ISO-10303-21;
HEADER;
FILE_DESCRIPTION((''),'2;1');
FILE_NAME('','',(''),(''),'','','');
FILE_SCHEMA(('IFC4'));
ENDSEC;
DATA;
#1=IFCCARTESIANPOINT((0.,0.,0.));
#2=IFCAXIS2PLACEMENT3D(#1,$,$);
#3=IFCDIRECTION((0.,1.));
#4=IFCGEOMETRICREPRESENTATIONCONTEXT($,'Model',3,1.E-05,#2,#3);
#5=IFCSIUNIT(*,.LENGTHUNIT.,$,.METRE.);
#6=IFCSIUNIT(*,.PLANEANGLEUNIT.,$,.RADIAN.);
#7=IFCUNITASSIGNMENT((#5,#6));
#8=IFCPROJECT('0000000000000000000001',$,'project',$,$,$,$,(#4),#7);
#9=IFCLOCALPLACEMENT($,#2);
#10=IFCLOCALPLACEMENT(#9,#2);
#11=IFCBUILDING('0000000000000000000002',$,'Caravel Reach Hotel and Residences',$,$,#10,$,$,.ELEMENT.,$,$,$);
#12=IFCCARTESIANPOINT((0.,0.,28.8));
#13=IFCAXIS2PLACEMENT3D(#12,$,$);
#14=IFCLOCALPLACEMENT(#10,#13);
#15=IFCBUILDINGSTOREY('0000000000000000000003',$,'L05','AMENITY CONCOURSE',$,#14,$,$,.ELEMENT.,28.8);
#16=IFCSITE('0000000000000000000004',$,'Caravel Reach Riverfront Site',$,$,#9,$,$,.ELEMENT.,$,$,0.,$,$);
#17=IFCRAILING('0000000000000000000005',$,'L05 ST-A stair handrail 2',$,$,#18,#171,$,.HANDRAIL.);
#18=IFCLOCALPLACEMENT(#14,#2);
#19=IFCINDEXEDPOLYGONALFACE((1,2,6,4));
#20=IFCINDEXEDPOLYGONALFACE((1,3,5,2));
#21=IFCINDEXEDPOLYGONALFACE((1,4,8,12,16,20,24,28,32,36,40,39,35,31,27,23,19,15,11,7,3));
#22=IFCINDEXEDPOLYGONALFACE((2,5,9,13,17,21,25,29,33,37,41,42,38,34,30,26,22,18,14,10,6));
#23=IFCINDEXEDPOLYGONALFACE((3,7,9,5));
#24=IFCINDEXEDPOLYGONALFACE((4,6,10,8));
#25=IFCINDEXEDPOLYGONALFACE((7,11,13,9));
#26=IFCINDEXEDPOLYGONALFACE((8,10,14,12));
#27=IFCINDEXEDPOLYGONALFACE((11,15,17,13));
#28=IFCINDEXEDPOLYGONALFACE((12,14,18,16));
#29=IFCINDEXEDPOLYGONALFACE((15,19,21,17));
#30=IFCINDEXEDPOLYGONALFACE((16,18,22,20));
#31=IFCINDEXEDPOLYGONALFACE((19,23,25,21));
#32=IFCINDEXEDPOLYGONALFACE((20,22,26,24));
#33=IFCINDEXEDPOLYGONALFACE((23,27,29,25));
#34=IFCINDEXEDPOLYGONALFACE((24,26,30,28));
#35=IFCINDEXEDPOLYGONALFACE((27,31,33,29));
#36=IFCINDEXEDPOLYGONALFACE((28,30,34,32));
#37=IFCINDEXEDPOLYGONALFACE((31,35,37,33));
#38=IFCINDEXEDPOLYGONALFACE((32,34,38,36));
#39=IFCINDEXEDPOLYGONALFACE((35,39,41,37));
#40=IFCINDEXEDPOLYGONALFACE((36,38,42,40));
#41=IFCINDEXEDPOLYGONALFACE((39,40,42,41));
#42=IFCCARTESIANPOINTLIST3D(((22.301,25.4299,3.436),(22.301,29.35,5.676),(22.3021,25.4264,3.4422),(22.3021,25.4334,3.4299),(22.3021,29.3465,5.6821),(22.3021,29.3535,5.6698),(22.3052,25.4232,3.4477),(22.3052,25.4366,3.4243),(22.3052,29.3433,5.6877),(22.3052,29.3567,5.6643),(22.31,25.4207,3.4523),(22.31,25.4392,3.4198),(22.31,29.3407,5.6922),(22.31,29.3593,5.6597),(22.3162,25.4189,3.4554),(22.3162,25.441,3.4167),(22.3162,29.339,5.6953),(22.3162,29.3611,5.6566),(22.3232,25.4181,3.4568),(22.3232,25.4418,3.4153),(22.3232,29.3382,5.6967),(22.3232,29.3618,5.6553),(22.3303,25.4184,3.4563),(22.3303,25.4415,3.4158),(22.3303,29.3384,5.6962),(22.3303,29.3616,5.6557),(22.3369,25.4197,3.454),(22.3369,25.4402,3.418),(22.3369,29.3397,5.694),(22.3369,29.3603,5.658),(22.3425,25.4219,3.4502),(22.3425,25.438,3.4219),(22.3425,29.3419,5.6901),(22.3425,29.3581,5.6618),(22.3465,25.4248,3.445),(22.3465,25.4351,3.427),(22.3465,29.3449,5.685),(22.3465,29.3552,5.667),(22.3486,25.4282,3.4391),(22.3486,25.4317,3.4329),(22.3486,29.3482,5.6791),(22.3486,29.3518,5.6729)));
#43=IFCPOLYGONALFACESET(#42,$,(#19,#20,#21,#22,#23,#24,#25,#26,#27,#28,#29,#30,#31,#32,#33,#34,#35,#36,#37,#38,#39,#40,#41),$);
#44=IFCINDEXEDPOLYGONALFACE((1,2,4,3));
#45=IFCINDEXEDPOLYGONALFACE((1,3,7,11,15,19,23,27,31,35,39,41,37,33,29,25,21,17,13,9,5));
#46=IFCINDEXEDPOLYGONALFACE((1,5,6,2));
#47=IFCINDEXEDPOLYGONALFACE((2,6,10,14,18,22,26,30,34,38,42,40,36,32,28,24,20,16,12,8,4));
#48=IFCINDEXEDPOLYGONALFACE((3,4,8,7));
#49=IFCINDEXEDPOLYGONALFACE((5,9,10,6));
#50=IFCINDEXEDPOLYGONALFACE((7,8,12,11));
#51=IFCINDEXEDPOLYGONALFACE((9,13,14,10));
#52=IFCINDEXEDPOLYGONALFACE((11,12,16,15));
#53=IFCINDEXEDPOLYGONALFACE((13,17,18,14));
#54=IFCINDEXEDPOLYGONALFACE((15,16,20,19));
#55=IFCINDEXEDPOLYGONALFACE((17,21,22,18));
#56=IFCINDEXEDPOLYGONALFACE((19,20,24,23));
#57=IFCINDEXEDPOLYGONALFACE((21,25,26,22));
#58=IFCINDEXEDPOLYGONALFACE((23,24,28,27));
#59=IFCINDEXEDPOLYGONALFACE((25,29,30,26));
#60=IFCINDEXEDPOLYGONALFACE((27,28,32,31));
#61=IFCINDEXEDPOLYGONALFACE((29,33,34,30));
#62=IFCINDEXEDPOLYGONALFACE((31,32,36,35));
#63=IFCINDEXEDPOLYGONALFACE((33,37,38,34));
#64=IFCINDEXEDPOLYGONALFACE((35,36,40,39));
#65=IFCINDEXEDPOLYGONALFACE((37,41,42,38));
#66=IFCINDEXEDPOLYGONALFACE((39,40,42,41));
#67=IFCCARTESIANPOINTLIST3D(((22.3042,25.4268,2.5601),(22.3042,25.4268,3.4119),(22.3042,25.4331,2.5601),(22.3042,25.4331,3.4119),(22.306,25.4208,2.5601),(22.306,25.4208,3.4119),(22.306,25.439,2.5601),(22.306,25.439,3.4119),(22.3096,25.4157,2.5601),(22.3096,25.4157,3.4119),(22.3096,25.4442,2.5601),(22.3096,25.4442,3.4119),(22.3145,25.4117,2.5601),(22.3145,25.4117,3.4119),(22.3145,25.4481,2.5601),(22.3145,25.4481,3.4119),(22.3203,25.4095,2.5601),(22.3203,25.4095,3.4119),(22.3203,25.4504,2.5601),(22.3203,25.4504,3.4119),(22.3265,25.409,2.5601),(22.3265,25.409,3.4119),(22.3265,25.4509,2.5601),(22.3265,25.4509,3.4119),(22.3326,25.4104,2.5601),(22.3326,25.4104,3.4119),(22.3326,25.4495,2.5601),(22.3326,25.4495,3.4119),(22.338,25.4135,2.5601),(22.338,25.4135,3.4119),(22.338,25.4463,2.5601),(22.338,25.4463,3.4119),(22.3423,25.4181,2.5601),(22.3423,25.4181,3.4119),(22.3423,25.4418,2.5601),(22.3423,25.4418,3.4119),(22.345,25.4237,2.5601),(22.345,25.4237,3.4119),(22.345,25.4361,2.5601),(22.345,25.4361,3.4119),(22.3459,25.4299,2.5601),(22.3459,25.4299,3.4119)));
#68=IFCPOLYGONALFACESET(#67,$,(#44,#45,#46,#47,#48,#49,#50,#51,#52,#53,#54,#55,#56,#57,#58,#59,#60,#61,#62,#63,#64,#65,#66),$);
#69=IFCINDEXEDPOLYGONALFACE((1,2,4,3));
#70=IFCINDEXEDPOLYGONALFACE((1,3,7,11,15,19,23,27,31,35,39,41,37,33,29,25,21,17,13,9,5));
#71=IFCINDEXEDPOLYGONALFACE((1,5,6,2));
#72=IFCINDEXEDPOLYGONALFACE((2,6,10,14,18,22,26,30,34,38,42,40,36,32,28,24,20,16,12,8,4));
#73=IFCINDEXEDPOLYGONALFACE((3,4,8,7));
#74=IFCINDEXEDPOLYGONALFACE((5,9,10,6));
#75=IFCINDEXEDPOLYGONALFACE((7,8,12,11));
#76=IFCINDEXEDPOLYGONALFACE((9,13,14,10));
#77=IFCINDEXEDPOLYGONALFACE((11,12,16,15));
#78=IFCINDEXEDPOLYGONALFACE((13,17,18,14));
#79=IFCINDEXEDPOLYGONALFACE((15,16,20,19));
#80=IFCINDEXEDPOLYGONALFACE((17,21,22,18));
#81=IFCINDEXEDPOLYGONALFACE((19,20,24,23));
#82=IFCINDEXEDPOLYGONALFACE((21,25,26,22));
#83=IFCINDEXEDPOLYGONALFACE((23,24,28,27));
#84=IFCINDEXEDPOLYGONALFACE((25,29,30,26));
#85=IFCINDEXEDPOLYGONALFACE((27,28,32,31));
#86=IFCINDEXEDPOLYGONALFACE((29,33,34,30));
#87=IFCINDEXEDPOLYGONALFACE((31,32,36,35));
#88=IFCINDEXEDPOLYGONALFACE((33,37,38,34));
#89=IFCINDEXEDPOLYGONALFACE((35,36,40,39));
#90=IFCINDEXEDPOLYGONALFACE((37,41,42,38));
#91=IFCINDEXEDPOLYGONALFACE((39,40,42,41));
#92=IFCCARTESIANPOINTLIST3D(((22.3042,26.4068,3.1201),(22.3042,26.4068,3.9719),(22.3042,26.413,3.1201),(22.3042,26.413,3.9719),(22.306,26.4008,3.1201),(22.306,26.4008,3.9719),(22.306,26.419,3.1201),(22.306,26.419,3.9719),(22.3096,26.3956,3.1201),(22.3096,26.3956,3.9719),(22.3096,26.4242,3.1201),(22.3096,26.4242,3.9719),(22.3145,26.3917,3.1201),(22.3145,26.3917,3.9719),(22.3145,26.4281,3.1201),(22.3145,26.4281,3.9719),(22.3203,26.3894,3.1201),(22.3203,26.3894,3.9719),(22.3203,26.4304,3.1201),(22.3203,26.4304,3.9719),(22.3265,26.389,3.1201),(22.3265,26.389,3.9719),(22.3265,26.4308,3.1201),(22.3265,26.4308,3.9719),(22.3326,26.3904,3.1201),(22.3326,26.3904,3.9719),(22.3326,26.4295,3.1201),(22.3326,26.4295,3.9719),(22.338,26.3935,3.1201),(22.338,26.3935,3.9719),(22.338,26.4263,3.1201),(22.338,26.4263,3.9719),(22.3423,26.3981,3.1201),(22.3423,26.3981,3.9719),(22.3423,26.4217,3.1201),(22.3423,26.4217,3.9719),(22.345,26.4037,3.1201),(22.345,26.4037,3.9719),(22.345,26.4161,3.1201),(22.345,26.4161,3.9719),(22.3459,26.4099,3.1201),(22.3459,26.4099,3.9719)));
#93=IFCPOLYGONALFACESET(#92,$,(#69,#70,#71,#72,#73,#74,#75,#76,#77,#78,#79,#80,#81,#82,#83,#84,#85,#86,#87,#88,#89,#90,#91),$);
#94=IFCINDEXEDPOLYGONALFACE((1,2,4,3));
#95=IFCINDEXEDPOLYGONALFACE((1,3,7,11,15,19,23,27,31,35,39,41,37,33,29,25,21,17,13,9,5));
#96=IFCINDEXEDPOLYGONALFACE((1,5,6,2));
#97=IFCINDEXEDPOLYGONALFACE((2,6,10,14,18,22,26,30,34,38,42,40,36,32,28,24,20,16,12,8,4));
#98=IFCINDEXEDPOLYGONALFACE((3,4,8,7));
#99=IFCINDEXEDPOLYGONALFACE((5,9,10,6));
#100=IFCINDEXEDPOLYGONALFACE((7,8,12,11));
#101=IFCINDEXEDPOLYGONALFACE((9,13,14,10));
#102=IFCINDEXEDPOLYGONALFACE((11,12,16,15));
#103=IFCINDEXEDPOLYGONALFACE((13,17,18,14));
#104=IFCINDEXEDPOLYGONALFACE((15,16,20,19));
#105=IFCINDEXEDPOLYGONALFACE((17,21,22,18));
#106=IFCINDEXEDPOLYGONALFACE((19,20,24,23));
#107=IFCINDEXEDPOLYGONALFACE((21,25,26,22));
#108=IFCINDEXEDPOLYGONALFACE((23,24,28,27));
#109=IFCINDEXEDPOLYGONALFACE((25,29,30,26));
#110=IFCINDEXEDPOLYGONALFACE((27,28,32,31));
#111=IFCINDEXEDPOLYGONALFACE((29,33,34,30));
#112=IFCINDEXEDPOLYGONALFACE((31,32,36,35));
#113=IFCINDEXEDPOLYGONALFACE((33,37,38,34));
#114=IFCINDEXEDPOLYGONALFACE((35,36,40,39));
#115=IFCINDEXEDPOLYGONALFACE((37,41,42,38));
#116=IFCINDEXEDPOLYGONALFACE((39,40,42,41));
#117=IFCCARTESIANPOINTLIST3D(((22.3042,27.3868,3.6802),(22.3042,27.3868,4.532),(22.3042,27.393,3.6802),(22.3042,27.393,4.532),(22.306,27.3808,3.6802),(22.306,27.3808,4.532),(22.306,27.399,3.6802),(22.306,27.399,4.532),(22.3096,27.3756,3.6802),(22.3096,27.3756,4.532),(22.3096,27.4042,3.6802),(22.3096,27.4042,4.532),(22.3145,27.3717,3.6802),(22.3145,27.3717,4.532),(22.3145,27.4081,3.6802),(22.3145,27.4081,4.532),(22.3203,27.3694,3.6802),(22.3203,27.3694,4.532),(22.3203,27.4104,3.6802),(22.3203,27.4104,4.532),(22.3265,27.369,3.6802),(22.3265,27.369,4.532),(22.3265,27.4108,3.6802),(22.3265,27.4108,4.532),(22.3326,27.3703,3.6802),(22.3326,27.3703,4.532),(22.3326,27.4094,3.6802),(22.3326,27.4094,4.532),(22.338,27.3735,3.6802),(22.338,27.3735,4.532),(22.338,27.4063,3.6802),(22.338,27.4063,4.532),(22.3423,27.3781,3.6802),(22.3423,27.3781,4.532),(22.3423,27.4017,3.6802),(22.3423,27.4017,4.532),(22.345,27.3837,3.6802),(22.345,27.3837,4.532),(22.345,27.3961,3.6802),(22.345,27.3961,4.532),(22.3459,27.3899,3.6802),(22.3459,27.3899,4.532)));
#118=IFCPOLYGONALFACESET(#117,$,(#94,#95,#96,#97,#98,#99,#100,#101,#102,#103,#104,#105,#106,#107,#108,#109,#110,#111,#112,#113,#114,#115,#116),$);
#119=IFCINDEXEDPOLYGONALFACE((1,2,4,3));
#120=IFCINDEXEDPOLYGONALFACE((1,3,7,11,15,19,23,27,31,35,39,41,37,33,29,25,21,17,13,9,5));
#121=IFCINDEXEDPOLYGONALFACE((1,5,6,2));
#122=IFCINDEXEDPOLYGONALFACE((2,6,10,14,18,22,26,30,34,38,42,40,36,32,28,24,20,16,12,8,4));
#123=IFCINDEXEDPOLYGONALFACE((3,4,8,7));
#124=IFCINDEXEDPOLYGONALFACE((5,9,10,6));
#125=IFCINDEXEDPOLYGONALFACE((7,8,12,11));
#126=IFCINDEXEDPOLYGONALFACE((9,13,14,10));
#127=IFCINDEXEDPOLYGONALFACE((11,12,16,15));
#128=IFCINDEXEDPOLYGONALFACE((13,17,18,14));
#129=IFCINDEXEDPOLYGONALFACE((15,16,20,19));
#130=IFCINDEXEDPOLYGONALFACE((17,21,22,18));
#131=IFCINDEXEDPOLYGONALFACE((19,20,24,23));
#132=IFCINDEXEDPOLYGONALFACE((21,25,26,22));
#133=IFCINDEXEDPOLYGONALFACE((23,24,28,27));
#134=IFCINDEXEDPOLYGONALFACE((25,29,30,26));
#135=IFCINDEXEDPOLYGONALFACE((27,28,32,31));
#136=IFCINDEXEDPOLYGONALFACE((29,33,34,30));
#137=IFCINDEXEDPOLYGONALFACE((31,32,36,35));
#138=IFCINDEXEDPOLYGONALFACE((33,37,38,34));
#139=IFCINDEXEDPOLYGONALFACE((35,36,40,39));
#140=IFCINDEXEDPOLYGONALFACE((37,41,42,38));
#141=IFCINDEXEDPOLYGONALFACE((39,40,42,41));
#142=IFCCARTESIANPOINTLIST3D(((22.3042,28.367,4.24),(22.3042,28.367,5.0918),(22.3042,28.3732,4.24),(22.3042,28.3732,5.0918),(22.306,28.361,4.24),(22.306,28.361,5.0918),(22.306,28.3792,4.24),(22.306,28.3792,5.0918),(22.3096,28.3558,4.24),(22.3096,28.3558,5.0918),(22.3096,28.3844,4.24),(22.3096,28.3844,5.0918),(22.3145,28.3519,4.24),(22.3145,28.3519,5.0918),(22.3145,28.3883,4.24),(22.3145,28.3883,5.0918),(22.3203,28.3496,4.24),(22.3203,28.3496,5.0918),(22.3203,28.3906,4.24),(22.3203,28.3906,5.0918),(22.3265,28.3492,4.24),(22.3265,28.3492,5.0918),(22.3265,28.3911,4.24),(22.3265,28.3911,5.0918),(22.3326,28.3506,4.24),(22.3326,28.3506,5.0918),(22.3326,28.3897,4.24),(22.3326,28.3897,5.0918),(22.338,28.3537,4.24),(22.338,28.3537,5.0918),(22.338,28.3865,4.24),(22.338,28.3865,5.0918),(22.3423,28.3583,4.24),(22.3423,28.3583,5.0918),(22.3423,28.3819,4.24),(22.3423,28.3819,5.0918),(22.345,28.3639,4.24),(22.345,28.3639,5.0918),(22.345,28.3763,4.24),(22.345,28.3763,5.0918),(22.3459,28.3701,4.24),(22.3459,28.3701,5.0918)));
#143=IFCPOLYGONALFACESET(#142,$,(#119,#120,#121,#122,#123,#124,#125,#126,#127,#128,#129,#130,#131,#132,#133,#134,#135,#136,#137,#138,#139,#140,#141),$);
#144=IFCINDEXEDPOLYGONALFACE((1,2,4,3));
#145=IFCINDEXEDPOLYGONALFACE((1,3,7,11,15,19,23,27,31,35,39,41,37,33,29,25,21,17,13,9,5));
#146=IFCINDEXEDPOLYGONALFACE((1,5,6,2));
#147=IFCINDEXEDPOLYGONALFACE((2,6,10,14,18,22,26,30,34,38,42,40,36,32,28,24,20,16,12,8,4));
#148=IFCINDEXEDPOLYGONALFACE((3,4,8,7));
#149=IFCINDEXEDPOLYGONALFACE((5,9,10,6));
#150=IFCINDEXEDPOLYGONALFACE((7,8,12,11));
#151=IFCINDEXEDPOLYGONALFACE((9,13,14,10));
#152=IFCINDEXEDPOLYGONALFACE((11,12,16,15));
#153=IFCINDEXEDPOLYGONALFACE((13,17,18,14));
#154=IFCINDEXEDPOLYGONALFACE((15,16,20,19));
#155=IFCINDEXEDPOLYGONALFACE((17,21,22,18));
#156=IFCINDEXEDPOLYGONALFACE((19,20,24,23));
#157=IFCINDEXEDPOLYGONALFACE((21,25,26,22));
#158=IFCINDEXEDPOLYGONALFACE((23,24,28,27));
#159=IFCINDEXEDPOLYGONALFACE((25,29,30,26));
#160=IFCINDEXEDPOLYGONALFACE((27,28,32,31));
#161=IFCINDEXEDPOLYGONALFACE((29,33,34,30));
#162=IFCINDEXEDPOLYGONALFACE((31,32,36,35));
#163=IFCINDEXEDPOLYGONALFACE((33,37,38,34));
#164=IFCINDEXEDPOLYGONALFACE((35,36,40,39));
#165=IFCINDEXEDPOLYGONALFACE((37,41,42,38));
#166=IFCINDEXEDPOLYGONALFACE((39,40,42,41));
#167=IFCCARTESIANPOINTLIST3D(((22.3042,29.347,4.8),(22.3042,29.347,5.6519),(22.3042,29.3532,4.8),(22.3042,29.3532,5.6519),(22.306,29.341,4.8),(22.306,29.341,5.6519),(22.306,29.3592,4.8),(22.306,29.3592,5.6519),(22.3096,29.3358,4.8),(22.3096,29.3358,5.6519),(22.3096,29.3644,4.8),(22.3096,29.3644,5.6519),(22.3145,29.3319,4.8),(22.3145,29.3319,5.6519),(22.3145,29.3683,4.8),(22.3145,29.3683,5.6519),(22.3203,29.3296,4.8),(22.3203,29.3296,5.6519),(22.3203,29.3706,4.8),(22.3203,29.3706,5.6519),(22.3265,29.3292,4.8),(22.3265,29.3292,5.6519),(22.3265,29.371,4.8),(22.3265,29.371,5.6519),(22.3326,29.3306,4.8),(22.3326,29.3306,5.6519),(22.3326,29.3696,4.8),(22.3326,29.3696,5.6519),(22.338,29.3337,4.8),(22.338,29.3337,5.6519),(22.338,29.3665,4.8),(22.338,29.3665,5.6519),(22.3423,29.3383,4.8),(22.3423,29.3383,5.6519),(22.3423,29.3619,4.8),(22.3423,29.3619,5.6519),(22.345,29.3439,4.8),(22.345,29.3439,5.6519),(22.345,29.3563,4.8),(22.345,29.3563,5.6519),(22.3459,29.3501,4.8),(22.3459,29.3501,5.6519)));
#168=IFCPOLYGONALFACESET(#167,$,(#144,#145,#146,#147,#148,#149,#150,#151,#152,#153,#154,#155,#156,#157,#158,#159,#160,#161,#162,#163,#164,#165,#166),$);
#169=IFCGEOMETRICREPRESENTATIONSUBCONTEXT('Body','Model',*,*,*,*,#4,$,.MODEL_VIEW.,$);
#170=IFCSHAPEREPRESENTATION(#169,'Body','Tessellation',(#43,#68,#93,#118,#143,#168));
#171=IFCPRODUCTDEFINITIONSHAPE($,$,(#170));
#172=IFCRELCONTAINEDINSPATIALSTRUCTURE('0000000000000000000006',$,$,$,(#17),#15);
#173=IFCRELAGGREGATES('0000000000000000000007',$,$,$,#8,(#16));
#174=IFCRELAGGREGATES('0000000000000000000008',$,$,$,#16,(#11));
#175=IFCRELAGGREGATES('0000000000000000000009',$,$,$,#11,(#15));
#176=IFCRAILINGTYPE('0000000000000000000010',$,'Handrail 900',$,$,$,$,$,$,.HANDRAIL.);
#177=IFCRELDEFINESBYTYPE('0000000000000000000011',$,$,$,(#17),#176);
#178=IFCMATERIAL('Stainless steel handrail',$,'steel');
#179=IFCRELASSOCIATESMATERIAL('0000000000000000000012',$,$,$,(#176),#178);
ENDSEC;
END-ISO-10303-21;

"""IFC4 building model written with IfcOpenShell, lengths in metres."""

from ifc_helpers import new_model, si_unit, direction, frame, origin, origin_2d, place, context, subcontext, project, spatial, circle, extrude, material, type_object, element, save


model = new_model("IFC4")

# Units and contexts
model_context = context("Model", 3, precision=1e-05, world=origin(), true_north=direction((0.0, 1.0)))
body_context = subcontext(model_context, "Body", "Model", "MODEL_VIEW")
ifc_project = project(units=[si_unit("LENGTHUNIT", "METRE"), si_unit("PLANEANGLEUNIT", "RADIAN")], contexts=[model_context])

# Site, building, storey
site_placement = place(None, origin())
site = spatial("IfcSite", under=ifc_project, at=site_placement, Name="Caravel Reach Riverfront Site", CompositionType="ELEMENT", RefElevation=0.0)
building_placement = place(site_placement, origin())
building = spatial("IfcBuilding", under=site, at=building_placement, Name="Caravel Reach Hotel and Residences", CompositionType="ELEMENT")
storey_placement = place(building_placement, frame((0.0, 0.0, 28.8)))
storey = spatial("IfcBuildingStorey", under=building, at=storey_placement, Name="L05", Description="AMENITY CONCOURSE", CompositionType="ELEMENT", Elevation=28.8)

# Railing
ifc_material_1 = material(Name="Stainless steel handrail", Category="steel")
railing_type_1 = type_object("IfcRailingType", Name="Handrail 900", PredefinedType="HANDRAIL", material=ifc_material_1)
railing_1_placement = place(storey_placement, frame((22.325, 25.4299, 2.5601)))
element("IfcRailing", 1, at=railing_1_placement, inside=storey, type_object=railing_type_1, Name="L05 ST-A stair handrail 2", PredefinedType="HANDRAIL", context=body_context, shape_type="SweptSolid", body=[
    extrude(circle(Radius=0.0239, at=origin_2d()), frame((0.0, 0.0, 0.876), z_axis=(0.0, 0.868253, 0.496121), x_axis=(-1.0, 0.0, 0.0)), (0.0, 0.0, 1.0), 4.5149),
    extrude(circle(Radius=0.021, at=origin_2d()), origin(), (0.0, 0.0, 1.0), 0.8518),
    extrude(circle(Radius=0.021, at=origin_2d()), frame((0.0, 0.98, 0.5601)), (0.0, 0.0, 1.0), 0.8518),
    extrude(circle(Radius=0.021, at=origin_2d()), frame((0.0, 1.96, 1.1201)), (0.0, 0.0, 1.0), 0.8518),
    extrude(circle(Radius=0.021, at=origin_2d()), frame((0.0, 2.9402, 1.6799)), (0.0, 0.0, 1.0), 0.8518),
    extrude(circle(Radius=0.021, at=origin_2d()), frame((0.0, 3.9202, 2.24)), (0.0, 0.0, 1.0), 0.8518),
])

save(model, "model.ifc")
